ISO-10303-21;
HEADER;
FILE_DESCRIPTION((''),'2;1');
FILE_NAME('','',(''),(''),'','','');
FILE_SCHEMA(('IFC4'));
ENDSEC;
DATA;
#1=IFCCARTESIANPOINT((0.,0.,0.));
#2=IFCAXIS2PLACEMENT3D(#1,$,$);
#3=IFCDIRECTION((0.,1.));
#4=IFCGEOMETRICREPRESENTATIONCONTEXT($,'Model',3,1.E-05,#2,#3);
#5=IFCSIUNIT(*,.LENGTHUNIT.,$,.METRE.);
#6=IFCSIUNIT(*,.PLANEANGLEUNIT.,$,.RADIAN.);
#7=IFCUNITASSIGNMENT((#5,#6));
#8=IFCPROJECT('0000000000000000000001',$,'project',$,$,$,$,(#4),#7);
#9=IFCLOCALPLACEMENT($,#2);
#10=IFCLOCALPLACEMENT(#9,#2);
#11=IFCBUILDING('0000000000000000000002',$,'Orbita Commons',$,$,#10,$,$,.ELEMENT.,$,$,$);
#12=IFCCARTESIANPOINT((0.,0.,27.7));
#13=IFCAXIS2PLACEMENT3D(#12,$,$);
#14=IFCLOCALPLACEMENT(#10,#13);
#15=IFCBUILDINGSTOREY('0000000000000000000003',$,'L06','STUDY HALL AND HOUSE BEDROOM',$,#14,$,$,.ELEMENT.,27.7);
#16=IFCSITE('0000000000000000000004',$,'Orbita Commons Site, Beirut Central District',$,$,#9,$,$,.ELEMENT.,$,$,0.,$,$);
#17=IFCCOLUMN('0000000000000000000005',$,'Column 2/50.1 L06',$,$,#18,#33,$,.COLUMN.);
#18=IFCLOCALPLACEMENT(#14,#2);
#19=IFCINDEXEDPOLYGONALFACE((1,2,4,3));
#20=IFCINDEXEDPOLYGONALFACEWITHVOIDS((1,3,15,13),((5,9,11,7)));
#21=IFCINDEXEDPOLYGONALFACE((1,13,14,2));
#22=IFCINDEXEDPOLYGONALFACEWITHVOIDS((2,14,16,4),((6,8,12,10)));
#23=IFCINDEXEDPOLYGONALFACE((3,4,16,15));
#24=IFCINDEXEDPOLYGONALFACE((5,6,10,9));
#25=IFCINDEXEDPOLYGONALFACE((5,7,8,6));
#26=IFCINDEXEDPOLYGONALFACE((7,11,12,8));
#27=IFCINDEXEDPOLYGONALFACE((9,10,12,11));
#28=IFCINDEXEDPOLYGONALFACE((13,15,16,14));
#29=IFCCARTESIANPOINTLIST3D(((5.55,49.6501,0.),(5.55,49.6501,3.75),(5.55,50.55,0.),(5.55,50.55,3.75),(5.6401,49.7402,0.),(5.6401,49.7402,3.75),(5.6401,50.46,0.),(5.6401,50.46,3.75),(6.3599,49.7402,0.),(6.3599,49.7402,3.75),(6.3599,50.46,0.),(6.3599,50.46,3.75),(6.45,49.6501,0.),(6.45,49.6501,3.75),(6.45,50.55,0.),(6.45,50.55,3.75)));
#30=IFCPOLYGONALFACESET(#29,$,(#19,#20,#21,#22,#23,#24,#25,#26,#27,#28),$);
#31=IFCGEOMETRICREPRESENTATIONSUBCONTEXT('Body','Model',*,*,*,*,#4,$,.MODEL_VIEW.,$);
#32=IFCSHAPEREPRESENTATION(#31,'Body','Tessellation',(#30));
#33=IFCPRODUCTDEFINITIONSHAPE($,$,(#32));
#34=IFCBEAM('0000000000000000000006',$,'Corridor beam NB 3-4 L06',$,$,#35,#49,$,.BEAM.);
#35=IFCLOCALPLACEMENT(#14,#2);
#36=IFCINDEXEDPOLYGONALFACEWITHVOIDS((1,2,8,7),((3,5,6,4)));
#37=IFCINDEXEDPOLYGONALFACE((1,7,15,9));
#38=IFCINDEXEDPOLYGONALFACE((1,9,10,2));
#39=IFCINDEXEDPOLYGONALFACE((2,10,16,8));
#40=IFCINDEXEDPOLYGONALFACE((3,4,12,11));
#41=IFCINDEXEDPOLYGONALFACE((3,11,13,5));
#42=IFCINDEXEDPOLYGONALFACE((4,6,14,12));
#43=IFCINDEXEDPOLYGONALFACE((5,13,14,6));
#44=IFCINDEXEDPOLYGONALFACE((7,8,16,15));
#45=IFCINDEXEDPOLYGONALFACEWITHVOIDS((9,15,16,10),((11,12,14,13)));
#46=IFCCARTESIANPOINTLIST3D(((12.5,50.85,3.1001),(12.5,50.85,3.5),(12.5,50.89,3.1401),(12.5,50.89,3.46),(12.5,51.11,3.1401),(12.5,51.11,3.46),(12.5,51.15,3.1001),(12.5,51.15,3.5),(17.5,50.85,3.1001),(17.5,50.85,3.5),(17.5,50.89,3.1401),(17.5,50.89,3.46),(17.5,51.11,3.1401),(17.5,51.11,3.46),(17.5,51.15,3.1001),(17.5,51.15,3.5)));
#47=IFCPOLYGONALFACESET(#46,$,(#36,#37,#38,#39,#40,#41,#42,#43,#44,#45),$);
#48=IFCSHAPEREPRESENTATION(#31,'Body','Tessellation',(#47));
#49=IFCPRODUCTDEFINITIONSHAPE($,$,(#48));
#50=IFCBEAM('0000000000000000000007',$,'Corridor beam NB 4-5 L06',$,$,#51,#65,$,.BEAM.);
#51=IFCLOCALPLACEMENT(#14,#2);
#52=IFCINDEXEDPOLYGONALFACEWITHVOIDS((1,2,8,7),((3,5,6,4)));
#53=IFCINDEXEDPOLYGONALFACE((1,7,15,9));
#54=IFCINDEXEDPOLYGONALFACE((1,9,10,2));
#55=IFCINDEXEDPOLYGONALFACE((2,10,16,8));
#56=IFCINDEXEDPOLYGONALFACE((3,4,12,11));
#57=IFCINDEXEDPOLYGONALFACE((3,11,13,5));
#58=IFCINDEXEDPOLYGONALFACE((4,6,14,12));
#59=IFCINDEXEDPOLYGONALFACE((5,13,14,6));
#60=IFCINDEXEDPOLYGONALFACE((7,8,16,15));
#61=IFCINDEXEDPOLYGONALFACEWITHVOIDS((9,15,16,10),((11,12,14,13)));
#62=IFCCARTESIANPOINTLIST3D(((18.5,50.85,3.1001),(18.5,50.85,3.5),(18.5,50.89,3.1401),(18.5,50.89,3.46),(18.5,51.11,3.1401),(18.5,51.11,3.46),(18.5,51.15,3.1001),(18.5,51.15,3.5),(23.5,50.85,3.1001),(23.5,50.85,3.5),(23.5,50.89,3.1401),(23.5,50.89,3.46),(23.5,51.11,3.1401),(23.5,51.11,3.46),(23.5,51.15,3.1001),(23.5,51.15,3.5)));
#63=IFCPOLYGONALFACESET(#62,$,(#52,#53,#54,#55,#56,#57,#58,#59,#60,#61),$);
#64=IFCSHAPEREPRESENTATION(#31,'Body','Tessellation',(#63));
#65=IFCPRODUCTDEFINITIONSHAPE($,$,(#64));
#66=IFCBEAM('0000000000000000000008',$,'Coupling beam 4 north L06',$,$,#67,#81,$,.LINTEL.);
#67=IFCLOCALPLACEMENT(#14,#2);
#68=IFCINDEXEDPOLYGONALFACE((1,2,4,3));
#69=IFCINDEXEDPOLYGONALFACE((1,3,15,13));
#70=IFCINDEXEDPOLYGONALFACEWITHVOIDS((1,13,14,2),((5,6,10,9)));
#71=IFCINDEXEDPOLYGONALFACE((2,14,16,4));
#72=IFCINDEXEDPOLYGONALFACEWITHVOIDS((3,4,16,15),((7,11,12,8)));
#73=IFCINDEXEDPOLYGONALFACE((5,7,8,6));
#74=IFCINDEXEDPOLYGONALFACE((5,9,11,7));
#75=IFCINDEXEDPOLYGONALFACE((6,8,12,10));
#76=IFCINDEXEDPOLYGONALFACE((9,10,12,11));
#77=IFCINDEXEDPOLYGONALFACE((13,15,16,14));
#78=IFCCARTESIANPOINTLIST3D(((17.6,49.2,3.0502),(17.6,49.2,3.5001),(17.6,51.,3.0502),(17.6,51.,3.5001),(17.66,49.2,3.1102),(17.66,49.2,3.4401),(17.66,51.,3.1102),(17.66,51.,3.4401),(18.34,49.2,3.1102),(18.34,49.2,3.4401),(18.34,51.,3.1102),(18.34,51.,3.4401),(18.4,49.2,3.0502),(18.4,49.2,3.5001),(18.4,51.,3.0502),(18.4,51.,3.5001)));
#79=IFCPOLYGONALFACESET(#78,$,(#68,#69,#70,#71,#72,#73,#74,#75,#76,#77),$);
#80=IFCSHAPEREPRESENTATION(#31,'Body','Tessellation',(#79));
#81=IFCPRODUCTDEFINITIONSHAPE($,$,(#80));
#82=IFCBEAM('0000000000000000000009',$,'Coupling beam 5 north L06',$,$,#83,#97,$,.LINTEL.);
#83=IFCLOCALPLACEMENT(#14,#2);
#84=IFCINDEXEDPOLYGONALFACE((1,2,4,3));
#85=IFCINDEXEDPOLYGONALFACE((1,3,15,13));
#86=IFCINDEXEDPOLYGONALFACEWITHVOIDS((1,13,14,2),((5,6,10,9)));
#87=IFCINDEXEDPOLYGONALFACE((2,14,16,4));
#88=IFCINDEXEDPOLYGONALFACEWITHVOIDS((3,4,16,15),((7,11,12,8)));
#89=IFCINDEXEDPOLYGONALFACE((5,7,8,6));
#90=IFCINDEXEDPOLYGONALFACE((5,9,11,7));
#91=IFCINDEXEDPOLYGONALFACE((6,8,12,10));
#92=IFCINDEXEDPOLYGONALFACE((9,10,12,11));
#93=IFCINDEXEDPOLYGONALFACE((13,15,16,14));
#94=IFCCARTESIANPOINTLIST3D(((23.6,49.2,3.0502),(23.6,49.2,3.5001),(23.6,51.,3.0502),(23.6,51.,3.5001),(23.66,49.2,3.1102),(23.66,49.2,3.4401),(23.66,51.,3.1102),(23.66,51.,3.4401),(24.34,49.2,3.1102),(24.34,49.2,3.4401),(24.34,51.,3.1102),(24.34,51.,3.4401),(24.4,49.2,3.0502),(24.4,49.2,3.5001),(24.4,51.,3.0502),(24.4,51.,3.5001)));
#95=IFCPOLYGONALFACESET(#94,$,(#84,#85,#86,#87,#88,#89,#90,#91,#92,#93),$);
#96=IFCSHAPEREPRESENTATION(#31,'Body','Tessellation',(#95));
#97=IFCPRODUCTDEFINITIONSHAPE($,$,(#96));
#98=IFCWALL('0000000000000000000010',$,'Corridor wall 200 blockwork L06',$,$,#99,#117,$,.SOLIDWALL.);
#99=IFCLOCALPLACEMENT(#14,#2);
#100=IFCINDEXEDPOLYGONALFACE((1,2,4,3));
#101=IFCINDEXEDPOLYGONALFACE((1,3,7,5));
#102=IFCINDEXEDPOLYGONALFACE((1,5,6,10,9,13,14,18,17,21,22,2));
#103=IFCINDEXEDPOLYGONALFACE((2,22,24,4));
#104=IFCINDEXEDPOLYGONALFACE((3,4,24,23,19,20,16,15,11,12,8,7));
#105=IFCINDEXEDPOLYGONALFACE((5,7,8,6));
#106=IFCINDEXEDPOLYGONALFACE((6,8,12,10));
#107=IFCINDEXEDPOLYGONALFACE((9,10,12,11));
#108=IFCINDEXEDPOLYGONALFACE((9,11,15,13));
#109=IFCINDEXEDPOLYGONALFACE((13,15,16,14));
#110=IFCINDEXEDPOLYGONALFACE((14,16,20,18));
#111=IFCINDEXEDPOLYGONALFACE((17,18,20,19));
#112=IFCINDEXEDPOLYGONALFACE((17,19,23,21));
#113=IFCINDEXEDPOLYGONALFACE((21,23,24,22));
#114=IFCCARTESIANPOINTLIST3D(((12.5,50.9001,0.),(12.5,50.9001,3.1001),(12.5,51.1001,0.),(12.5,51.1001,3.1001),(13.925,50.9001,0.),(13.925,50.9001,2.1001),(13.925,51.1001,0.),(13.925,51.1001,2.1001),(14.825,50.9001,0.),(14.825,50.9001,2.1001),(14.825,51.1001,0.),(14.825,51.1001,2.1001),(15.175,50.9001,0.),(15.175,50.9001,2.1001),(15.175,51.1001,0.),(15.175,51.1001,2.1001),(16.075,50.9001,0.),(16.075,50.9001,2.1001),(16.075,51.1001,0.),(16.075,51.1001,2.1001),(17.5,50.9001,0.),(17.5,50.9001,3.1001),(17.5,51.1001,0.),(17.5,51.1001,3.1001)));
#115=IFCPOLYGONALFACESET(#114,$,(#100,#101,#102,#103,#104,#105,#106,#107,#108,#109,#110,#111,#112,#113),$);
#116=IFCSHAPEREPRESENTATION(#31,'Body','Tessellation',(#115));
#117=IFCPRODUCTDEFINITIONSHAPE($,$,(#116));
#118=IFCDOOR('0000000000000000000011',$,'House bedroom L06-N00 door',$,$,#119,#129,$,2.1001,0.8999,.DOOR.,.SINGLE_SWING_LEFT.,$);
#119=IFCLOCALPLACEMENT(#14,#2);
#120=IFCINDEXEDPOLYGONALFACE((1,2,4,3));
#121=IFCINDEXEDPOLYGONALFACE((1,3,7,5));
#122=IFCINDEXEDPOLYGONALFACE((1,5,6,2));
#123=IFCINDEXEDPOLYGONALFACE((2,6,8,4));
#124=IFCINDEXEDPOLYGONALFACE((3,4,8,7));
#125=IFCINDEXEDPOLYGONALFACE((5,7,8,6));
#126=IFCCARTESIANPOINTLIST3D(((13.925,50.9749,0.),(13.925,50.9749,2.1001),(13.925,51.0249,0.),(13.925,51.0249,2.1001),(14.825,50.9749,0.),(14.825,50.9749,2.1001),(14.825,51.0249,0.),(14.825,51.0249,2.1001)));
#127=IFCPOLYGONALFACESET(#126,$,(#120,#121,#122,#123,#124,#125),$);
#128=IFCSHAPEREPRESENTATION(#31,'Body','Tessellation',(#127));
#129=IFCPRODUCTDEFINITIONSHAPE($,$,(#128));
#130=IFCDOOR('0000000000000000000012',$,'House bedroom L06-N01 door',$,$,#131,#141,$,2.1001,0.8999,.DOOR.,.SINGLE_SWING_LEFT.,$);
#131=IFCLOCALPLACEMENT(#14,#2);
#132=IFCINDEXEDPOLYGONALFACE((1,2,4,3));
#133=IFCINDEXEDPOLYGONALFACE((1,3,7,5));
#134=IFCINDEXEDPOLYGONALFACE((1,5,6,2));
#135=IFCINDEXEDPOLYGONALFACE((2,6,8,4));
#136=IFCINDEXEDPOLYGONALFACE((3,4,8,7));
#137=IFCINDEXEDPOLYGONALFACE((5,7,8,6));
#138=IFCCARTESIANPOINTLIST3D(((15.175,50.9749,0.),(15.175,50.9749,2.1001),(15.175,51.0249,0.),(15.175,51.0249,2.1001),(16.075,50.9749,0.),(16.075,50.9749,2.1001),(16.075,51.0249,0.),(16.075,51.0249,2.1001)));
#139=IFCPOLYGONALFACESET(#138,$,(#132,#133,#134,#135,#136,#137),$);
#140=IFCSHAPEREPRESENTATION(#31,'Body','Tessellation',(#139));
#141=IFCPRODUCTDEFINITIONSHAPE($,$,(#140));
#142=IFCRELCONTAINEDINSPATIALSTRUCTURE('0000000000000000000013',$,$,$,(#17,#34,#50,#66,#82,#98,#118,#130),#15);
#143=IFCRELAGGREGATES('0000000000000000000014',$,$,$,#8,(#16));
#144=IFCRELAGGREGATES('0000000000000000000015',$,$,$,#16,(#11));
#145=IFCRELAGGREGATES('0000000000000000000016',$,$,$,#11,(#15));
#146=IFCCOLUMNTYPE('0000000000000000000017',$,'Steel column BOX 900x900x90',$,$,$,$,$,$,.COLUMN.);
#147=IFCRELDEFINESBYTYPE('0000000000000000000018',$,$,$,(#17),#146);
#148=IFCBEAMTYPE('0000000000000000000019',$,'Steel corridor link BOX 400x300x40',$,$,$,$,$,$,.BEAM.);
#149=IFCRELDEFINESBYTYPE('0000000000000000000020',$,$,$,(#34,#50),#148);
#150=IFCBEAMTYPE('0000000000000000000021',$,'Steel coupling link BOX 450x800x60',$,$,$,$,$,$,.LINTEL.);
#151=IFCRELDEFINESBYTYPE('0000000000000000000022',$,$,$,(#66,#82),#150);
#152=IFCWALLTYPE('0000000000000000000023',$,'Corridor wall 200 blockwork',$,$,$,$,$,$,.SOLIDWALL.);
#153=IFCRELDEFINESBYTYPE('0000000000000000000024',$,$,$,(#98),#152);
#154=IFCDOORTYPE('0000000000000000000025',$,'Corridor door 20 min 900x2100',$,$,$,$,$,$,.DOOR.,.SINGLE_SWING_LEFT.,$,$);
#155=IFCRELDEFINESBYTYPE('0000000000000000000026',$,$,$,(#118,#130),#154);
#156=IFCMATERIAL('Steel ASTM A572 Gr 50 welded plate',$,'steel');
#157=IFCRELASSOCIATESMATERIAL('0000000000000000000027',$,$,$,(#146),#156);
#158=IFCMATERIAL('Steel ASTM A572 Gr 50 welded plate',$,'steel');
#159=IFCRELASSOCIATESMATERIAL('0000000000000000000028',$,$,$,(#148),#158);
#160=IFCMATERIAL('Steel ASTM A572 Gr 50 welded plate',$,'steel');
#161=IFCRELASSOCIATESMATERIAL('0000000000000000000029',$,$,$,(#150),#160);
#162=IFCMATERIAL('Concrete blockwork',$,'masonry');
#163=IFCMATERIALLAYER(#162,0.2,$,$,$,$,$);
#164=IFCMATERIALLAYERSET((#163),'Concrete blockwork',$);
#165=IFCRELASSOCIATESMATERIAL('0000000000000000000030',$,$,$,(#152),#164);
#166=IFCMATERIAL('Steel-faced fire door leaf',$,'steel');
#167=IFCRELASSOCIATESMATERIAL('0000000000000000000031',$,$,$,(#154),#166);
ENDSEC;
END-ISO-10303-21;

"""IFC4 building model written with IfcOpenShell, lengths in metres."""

from ifc_helpers import new_model, si_unit, direction, frame, frame_2d, origin, origin_2d, place, context, subcontext, project, spatial, polyline, rectangle, hollow_rectangle, outline, extrude, material, layer, layer_set, material_profile, profile_set, type_object, element, fill, save


model = new_model("IFC4")

# Units and contexts
model_context = context("Model", 3, precision=1e-05, world=origin(), true_north=direction((0.0, 1.0)))
body_context = subcontext(model_context, "Body", "Model", "MODEL_VIEW")
ifc_project = project(units=[si_unit("LENGTHUNIT", "METRE"), si_unit("PLANEANGLEUNIT", "RADIAN")], contexts=[model_context])

# Site, building, storey
site_placement = place(None, origin())
site = spatial("IfcSite", under=ifc_project, at=site_placement, Name="Orbita Commons Site, Beirut Central District", CompositionType="ELEMENT", RefElevation=0.0)
building_placement = place(site_placement, origin())
building = spatial("IfcBuilding", under=site, at=building_placement, Name="Orbita Commons", CompositionType="ELEMENT")
storey_placement = place(building_placement, frame((0.0, 0.0, 27.7)))
storey = spatial("IfcBuildingStorey", under=building, at=storey_placement, Name="L06", Description="STUDY HALL AND HOUSE BEDROOM", CompositionType="ELEMENT", Elevation=27.7)

# Column
ifc_material_1 = material(Name="Steel ASTM A572 Gr 50 welded plate", Category="steel")
ifc_material_profile_1 = material_profile(ifc_material_1, hollow_rectangle(XDim=0.8999, YDim=0.8999, WallThickness=0.0901, at=origin_2d()), Name="BOX 900x900x90")
ifc_profile_set_1 = profile_set([ifc_material_profile_1], Name="Steel ASTM A572 Gr 50 welded plate")
column_type = type_object("IfcColumnType", Name="Steel column BOX 900x900x90", PredefinedType="COLUMN", material=ifc_profile_set_1)
column_placement = place(storey_placement, frame((6.0, 50.1001, 0.0), z_axis=(0.0, 0.0, 1.0), x_axis=(1.0, 0.0, 0.0)))
element("IfcColumn", 1, at=column_placement, inside=storey, type_object=column_type, Name="Column 2/50.1 L06", PredefinedType="COLUMN", context=body_context, shape_type="SweptSolid", body=[
    extrude(hollow_rectangle(XDim=0.8999, YDim=0.8999, WallThickness=0.0901, at=origin_2d()), origin(), (0.0, 0.0, 1.0), 3.75),
])

# Beams
ifc_material_2 = material(Name="Steel ASTM A572 Gr 50 welded plate", Category="steel")
ifc_material_profile_2 = material_profile(ifc_material_2, hollow_rectangle(XDim=0.3, YDim=0.3999, WallThickness=0.04, at=origin_2d()), Name="BOX 400x300x40")
ifc_profile_set_2 = profile_set([ifc_material_profile_2], Name="Steel ASTM A572 Gr 50 welded plate")
beam_type_1 = type_object("IfcBeamType", Name="Steel corridor link BOX 400x300x40", PredefinedType="BEAM", material=ifc_profile_set_2)
for number, where, z_axis, x_axis, name in (
    (2, (12.5, 51.0, 3.3), (1.0, 0.0, 0.0), (0.0, 1.0, 0.0), "Corridor beam NB 3-4 L06"),
    (3, (18.5, 51.0, 3.3), (1.0, 0.0, 0.0), (0.0, 1.0, 0.0), "Corridor beam NB 4-5 L06"),
):
    element("IfcBeam", number, at=place(storey_placement, frame(where, z_axis=z_axis, x_axis=x_axis)), inside=storey, type_object=beam_type_1, Name=name, PredefinedType="BEAM", context=body_context, shape_type="SweptSolid", body=[
        extrude(hollow_rectangle(XDim=0.3, YDim=0.3999, WallThickness=0.04, at=origin_2d()), origin(), (0.0, 0.0, 1.0), 5.0),
    ])
ifc_material_3 = material(Name="Steel ASTM A572 Gr 50 welded plate", Category="steel")
ifc_material_profile_3 = material_profile(ifc_material_3, hollow_rectangle(XDim=0.8, YDim=0.45, WallThickness=0.0601, at=origin_2d()), Name="BOX 450x800x60")
ifc_profile_set_3 = profile_set([ifc_material_profile_3], Name="Steel ASTM A572 Gr 50 welded plate")
beam_type_2 = type_object("IfcBeamType", Name="Steel coupling link BOX 450x800x60", PredefinedType="LINTEL", material=ifc_profile_set_3)
for number, where, z_axis, x_axis, name in (
    (4, (18.0, 49.2, 3.2751), (0.0, 1.0, 0.0), (-1.0, 0.0, 0.0), "Coupling beam 4 north L06"),
    (5, (24.0, 49.2, 3.2751), (0.0, 1.0, 0.0), (-1.0, 0.0, 0.0), "Coupling beam 5 north L06"),
):
    element("IfcBeam", number, at=place(storey_placement, frame(where, z_axis=z_axis, x_axis=x_axis)), inside=storey, type_object=beam_type_2, Name=name, PredefinedType="LINTEL", context=body_context, shape_type="SweptSolid", body=[
        extrude(hollow_rectangle(XDim=0.8, YDim=0.45, WallThickness=0.0601, at=origin_2d()), origin(), (0.0, 0.0, 1.0), 1.8),
    ])

# Wall, openings, doors
ifc_material_4 = material(Name="Concrete blockwork", Category="masonry")
ifc_layer_1 = layer(ifc_material_4, 0.2)
ifc_layer_set_1 = layer_set([ifc_layer_1], Name="Concrete blockwork")
wall_type_1 = type_object("IfcWallType", Name="Corridor wall 200 blockwork", PredefinedType="SOLIDWALL", material=ifc_layer_set_1)
wall_1_placement = place(storey_placement, frame((12.5, 51.0, 0.0), z_axis=(0.0, 0.0, 1.0), x_axis=(1.0, 0.0, 0.0)))
wall_1 = element("IfcWall", 6, at=wall_1_placement, inside=storey, type_object=wall_type_1, Name="Corridor wall 200 blockwork L06", PredefinedType="SOLIDWALL", context=body_context, shape_type="SweptSolid", body=[
    extrude(outline(polyline([(0.0, 0.0), (5.0, 0.0), (5.0, 3.1001), (0.0, 3.1001), (0.0, 0.0)])), frame((0.0, 0.1001, 0.0), z_axis=(0.0, -1.0, 0.0), x_axis=(1.0, 0.0, 0.0)), (0.0, 0.0, 1.0), 0.2),
])
opening_1_placement = place(wall_1_placement, frame((1.425, 0.0, 0.0)))
opening_1 = element("IfcOpeningElement", 7, at=opening_1_placement, cuts=wall_1, PredefinedType="OPENING", context=body_context, shape_type="SweptSolid", body=[
    extrude(rectangle(XDim=0.8999, YDim=2.1001, at=frame_2d((0.45, 1.05))), frame((0.0, 0.1099, 0.0), z_axis=(0.0, -1.0, 0.0), x_axis=(1.0, 0.0, 0.0)), (0.0, 0.0, 1.0), 0.22),
])
opening_2_placement = place(wall_1_placement, frame((2.675, 0.0, 0.0)))
opening_2 = element("IfcOpeningElement", 8, at=opening_2_placement, cuts=wall_1, PredefinedType="OPENING", context=body_context, shape_type="SweptSolid", body=[
    extrude(rectangle(XDim=0.8999, YDim=2.1001, at=frame_2d((0.45, 1.05))), frame((0.0, 0.1099, 0.0), z_axis=(0.0, -1.0, 0.0), x_axis=(1.0, 0.0, 0.0)), (0.0, 0.0, 1.0), 0.22),
])
ifc_material_5 = material(Name="Steel-faced fire door leaf", Category="steel")
door_type_1 = type_object("IfcDoorType", Name="Corridor door 20 min 900x2100", OperationType="SINGLE_SWING_LEFT", PredefinedType="DOOR", material=ifc_material_5)
door_1_placement = place(opening_1_placement, origin())
door_1 = element("IfcDoor", 9, at=door_1_placement, inside=storey, type_object=door_type_1, Name="House bedroom L06-N00 door", OperationType="SINGLE_SWING_LEFT", OverallHeight=2.1001, OverallWidth=0.8999, PredefinedType="DOOR", context=body_context, shape_type="SweptSolid", body=[
    extrude(rectangle(XDim=0.8999, YDim=2.1001, at=frame_2d((0.45, 1.05))), frame((0.0, 0.0249, 0.0), z_axis=(0.0, -1.0, 0.0), x_axis=(1.0, 0.0, 0.0)), (0.0, 0.0, 1.0), 0.05),
])
fill(opening_1, door_1)
door_2_placement = place(opening_2_placement, origin())
door_2 = element("IfcDoor", 10, at=door_2_placement, inside=storey, type_object=door_type_1, Name="House bedroom L06-N01 door", OperationType="SINGLE_SWING_LEFT", OverallHeight=2.1001, OverallWidth=0.8999, PredefinedType="DOOR", context=body_context, shape_type="SweptSolid", body=[
    extrude(rectangle(XDim=0.8999, YDim=2.1001, at=frame_2d((0.45, 1.05))), frame((0.0, 0.0249, 0.0), z_axis=(0.0, -1.0, 0.0), x_axis=(1.0, 0.0, 0.0)), (0.0, 0.0, 1.0), 0.05),
])
fill(opening_2, door_2)

save(model, "model.ifc")
